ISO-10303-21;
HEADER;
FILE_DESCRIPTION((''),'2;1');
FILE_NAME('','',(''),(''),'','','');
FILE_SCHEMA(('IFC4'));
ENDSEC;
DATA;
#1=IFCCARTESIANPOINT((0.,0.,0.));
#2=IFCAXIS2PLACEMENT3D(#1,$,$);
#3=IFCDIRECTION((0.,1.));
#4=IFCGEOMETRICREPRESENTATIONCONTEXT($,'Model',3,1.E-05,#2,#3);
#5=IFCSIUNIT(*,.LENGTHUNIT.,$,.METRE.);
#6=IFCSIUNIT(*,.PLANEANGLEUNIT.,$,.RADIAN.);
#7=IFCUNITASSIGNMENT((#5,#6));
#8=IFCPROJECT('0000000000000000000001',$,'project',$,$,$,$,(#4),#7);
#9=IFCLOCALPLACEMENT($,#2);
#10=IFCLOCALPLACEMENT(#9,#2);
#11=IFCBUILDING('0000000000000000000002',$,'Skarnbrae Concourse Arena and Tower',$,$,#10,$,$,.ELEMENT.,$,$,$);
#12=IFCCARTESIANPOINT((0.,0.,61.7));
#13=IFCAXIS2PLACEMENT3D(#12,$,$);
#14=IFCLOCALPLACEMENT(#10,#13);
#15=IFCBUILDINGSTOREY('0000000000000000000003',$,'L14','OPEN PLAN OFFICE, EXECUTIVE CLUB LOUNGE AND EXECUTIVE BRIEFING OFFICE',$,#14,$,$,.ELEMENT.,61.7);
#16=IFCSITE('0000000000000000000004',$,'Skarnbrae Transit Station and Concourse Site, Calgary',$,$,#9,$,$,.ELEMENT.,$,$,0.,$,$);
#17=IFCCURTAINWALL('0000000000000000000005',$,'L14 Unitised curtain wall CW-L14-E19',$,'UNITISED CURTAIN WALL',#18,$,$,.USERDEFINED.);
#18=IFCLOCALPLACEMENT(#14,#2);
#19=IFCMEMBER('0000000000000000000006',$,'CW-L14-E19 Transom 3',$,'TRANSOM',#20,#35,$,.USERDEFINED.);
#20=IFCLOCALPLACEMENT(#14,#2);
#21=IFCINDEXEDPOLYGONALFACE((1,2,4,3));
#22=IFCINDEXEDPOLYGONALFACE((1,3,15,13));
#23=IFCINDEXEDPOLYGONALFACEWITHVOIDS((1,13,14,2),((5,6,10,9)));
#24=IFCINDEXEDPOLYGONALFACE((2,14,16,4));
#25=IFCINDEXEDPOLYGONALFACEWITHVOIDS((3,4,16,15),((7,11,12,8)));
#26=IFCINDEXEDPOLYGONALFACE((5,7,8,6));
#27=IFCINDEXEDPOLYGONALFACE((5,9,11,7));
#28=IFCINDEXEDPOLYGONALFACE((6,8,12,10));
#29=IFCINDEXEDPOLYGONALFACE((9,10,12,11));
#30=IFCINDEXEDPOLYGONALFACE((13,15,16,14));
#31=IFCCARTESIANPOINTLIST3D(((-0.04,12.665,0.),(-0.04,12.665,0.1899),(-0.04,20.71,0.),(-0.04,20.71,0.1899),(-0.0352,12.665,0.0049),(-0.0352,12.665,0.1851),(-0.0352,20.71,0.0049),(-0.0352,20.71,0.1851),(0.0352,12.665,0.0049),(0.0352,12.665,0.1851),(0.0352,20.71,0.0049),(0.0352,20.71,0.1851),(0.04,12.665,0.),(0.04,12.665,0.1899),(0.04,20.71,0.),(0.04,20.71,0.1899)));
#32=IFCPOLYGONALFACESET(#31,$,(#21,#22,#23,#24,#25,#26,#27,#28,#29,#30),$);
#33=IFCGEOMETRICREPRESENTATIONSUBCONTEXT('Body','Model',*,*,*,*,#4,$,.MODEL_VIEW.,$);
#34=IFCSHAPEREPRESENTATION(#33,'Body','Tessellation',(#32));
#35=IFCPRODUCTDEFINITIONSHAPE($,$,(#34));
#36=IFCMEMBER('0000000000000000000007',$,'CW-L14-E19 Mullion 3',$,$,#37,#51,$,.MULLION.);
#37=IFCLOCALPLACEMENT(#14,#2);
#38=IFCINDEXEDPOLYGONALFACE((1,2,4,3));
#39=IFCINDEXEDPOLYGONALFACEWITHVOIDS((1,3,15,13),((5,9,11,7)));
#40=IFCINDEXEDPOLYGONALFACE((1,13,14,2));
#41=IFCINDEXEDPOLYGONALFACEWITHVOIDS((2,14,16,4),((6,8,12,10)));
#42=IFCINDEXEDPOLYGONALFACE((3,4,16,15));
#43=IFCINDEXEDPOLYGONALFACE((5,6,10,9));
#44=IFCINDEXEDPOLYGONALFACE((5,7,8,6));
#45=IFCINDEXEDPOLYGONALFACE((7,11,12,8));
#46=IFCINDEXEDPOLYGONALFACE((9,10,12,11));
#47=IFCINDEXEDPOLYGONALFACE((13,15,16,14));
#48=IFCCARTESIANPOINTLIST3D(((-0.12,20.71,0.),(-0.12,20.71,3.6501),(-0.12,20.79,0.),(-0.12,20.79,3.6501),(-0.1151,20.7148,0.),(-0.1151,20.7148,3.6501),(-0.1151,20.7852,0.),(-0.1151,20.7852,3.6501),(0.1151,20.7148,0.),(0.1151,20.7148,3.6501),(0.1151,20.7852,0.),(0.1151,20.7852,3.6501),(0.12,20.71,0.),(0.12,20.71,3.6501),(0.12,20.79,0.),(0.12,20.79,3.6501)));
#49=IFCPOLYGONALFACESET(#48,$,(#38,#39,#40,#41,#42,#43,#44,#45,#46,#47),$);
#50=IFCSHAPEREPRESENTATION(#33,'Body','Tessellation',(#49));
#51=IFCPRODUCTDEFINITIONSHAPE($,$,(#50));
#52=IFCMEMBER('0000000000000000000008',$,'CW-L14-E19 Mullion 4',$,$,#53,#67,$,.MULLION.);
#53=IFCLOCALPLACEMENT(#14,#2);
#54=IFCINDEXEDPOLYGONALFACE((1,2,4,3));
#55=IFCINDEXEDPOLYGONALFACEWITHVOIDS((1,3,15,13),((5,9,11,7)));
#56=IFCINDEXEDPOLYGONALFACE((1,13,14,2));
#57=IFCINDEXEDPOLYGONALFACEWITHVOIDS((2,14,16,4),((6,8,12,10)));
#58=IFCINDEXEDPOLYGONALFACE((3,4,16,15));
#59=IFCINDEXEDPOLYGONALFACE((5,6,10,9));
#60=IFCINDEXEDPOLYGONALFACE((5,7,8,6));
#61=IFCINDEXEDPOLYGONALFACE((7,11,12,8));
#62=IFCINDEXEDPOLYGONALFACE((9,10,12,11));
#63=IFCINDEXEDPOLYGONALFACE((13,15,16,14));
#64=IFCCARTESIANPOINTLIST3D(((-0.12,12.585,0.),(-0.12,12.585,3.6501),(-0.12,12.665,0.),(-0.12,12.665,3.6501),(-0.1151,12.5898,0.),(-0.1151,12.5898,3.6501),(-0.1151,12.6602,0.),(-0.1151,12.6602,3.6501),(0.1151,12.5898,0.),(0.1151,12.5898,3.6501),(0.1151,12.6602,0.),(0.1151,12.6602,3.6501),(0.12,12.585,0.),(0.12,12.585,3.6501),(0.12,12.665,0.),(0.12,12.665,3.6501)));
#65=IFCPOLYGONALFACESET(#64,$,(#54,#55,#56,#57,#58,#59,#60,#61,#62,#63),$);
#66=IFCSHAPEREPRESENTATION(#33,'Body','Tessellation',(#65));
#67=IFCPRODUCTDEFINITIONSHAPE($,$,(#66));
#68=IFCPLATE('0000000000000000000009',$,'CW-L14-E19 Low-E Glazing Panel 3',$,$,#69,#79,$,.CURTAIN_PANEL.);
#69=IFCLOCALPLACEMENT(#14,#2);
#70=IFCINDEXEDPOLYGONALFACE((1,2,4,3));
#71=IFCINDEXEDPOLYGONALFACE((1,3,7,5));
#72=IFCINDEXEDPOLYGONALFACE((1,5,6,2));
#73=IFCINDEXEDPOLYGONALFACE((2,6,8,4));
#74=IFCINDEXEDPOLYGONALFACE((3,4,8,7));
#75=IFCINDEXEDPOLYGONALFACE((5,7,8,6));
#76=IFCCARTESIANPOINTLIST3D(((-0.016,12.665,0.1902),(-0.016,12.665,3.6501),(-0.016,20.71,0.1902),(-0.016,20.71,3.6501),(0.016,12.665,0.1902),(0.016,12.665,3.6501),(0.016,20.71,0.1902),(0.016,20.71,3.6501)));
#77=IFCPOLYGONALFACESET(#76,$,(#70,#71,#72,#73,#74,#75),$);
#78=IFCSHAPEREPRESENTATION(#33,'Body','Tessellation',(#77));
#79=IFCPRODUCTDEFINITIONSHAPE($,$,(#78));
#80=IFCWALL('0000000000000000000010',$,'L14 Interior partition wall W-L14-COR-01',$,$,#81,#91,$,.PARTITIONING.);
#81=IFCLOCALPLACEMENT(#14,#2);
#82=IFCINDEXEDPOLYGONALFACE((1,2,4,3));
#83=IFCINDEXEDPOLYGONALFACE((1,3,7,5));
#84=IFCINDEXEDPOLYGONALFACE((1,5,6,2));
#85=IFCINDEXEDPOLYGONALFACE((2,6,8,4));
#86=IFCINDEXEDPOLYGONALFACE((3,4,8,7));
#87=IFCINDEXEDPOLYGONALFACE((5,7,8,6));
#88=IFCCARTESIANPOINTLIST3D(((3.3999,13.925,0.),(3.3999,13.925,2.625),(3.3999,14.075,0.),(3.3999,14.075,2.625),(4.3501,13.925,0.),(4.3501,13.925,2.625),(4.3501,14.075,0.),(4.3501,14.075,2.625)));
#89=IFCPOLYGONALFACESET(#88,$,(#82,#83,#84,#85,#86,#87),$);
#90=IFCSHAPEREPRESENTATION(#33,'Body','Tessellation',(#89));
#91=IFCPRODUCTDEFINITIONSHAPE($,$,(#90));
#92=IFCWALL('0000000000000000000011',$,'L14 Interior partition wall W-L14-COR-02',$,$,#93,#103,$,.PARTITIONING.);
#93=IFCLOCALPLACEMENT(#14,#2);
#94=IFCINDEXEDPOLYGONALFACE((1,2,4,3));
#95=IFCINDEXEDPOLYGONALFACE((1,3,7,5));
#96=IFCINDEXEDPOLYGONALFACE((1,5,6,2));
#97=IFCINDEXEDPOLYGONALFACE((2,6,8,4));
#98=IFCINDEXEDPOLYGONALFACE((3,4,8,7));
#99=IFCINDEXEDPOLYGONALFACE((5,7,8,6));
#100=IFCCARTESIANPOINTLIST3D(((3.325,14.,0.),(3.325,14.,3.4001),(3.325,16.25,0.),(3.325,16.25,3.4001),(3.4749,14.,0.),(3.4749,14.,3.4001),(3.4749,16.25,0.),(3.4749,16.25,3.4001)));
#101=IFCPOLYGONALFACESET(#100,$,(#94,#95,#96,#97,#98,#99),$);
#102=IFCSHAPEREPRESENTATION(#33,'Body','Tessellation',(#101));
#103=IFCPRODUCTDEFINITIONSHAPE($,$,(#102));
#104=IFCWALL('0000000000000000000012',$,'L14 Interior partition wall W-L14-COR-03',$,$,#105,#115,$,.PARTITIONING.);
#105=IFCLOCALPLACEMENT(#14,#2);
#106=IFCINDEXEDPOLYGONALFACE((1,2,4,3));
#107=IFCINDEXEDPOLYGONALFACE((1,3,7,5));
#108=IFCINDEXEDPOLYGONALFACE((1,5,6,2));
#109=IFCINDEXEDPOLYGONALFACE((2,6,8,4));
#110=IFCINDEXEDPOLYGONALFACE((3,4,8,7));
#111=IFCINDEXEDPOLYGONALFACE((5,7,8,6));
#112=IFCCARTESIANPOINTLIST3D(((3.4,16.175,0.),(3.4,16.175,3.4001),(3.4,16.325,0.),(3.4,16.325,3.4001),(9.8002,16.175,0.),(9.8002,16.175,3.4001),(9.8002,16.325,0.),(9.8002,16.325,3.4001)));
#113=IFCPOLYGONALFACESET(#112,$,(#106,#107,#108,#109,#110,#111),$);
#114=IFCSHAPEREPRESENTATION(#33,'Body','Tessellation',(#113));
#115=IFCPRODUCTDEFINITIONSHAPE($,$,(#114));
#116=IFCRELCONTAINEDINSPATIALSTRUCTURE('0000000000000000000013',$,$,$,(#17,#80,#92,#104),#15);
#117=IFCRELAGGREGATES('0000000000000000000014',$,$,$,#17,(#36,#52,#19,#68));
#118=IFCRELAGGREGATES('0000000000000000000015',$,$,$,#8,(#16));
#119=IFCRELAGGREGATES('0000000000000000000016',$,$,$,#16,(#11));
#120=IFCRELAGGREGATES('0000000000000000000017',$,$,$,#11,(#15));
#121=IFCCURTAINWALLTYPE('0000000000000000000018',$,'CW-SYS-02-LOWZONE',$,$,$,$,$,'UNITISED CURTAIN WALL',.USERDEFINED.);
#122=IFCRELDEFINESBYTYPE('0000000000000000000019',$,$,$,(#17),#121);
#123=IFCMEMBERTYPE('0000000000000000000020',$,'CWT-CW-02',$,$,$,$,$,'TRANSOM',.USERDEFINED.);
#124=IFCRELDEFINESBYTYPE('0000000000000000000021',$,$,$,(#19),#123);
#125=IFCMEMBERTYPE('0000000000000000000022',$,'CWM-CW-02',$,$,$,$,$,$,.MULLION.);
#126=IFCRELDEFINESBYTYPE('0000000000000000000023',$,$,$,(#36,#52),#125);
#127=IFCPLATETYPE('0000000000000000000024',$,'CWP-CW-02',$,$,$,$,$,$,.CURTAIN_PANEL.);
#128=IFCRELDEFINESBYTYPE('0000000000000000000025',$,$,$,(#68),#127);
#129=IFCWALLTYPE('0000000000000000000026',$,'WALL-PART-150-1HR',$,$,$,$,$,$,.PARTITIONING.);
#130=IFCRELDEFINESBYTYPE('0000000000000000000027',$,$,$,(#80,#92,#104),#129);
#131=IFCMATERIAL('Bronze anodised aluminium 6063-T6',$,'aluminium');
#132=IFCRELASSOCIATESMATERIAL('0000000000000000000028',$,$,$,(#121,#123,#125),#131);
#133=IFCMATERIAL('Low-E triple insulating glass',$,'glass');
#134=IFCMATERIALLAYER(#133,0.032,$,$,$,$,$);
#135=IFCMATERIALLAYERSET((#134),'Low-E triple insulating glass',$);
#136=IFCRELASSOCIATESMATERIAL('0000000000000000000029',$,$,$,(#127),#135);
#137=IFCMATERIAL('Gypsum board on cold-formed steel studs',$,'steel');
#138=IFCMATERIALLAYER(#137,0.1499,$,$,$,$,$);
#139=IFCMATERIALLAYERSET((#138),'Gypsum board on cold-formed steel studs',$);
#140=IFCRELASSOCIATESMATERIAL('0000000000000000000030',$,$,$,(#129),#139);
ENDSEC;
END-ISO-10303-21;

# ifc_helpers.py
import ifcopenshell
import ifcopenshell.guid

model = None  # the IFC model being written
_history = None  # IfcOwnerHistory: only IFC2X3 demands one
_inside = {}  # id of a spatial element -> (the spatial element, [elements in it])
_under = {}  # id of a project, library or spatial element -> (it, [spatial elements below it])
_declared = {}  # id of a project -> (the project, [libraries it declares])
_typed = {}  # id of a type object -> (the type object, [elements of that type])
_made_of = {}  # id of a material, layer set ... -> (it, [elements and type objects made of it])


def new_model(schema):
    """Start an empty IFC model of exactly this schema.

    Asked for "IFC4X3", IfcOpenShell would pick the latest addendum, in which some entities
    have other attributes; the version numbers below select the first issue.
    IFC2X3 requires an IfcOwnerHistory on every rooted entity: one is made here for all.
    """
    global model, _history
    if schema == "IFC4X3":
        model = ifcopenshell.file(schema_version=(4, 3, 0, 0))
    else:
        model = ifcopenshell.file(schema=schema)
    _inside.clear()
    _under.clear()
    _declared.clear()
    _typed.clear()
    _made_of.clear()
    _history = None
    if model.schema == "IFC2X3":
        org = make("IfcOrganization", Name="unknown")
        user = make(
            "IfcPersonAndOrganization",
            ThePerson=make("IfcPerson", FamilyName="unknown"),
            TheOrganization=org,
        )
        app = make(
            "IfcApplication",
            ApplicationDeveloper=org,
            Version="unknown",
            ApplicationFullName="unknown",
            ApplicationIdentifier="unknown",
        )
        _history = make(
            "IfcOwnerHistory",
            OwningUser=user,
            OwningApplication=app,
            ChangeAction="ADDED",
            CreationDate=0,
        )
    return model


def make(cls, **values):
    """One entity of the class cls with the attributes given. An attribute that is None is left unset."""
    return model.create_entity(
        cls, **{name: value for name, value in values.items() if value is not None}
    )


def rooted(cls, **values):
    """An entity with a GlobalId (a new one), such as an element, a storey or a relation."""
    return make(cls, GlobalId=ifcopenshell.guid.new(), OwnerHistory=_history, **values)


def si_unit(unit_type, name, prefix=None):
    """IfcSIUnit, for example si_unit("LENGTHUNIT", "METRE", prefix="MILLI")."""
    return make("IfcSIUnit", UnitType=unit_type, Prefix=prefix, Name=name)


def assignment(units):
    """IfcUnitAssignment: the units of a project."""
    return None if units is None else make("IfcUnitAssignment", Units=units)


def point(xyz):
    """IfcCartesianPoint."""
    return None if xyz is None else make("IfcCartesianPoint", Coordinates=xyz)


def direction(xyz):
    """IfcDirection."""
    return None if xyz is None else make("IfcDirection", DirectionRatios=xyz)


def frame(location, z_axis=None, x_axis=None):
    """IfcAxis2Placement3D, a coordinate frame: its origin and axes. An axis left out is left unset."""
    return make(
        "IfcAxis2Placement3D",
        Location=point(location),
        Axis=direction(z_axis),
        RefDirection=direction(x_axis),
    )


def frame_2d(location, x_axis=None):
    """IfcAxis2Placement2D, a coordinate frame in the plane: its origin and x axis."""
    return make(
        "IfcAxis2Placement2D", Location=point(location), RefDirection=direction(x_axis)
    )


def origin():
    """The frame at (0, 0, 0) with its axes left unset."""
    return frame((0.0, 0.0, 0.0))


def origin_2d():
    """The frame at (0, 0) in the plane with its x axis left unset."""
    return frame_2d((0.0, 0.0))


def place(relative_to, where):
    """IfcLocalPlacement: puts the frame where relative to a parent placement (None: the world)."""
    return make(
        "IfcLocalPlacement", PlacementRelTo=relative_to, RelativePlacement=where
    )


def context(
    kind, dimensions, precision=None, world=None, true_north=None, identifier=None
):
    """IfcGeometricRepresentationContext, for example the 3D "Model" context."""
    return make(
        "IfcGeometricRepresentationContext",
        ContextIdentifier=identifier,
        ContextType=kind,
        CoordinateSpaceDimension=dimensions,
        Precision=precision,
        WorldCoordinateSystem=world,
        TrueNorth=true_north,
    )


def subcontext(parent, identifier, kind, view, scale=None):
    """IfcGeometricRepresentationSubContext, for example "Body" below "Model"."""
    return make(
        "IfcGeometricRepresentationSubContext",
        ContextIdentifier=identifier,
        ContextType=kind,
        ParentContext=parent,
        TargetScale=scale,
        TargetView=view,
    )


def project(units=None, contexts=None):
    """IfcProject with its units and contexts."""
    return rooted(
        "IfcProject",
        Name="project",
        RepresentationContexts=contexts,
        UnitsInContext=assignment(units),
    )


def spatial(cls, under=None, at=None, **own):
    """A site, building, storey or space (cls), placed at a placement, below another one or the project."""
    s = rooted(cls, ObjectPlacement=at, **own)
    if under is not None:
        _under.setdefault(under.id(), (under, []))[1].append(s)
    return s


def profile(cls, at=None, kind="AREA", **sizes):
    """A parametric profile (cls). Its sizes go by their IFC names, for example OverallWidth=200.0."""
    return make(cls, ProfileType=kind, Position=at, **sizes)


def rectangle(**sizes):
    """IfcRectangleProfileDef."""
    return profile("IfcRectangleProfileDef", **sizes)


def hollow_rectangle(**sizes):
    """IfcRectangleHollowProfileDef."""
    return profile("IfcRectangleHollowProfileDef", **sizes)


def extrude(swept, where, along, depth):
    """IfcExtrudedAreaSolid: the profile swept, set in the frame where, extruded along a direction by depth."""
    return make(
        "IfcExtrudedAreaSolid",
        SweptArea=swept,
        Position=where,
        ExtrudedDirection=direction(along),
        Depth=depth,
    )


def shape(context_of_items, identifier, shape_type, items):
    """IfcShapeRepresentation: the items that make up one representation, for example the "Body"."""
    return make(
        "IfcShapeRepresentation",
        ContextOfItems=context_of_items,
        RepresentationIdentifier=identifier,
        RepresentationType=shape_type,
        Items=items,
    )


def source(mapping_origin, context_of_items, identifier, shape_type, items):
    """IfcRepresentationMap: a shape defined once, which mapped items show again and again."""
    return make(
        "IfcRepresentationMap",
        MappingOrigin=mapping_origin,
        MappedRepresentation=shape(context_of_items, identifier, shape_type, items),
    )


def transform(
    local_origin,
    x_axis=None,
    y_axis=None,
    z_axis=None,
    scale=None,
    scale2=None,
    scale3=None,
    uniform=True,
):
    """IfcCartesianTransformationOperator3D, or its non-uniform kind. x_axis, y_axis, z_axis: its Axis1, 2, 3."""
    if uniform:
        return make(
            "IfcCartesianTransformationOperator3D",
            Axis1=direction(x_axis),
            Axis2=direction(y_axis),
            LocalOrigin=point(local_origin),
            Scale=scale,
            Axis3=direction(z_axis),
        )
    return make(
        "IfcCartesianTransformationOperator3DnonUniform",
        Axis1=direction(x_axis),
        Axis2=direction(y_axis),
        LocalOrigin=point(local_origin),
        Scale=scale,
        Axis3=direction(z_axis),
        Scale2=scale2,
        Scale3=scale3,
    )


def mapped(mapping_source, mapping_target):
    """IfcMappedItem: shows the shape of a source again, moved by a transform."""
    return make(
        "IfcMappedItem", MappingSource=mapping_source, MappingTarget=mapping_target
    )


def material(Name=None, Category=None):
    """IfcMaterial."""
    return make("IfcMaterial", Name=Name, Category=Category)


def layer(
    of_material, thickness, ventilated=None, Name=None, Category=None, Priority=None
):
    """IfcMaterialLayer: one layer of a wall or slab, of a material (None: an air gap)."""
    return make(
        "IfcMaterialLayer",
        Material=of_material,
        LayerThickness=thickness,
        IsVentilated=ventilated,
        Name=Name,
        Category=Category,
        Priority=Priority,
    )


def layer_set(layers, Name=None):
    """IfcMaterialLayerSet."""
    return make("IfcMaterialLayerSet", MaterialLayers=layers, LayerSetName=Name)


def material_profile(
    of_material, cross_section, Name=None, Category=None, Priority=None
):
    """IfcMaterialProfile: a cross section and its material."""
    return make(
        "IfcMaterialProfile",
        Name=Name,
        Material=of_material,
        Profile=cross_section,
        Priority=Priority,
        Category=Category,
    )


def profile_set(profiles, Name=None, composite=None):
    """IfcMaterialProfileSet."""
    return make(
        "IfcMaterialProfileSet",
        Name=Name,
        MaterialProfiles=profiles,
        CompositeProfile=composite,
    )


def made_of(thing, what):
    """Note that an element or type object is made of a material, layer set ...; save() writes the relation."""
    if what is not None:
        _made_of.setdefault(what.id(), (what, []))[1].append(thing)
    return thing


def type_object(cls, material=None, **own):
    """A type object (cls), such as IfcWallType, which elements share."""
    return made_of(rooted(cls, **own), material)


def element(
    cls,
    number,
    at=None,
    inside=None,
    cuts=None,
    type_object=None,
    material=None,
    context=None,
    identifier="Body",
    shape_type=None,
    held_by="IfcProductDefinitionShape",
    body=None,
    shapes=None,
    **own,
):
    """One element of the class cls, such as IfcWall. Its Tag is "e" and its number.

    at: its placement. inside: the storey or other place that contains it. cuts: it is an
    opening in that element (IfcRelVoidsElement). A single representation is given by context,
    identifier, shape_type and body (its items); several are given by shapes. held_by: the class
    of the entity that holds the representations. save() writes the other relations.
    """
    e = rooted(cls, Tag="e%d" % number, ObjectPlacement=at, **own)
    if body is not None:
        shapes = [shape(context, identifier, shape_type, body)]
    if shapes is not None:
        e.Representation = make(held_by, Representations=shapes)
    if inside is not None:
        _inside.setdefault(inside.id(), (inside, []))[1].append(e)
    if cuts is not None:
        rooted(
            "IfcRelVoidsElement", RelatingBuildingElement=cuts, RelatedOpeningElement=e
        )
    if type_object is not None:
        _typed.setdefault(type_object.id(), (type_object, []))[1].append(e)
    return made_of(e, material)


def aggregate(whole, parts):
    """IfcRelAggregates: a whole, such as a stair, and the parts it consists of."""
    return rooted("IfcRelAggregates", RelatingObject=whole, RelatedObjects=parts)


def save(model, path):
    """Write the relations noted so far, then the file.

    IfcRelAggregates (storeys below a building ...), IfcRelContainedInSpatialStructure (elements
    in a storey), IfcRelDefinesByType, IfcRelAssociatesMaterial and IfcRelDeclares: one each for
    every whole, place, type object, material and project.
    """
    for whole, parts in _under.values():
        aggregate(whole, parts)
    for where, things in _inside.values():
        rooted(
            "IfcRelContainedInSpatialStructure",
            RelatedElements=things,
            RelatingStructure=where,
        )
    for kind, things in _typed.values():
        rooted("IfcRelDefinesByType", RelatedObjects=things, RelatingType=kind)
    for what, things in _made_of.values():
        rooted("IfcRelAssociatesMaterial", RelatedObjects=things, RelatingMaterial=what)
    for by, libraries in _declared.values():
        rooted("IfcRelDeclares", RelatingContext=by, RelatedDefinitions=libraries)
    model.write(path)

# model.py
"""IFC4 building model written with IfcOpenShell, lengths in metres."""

from ifc_helpers import new_model, si_unit, direction, frame, frame_2d, origin, origin_2d, place, context, subcontext, project, spatial, rectangle, hollow_rectangle, extrude, source, transform, mapped, material, layer, layer_set, material_profile, profile_set, type_object, element, aggregate, save


model = new_model("IFC4")

# Units and contexts
model_context = context("Model", 3, precision=1e-05, world=origin(), true_north=direction((0.0, 1.0)))
body_context = subcontext(model_context, "Body", "Model", "MODEL_VIEW")
ifc_project = project(units=[si_unit("LENGTHUNIT", "METRE"), si_unit("PLANEANGLEUNIT", "RADIAN")], contexts=[model_context])

# Site, building, storey
site_placement = place(None, origin())
site = spatial("IfcSite", under=ifc_project, at=site_placement, Name="Skarnbrae Transit Station and Concourse Site, Calgary", CompositionType="ELEMENT", RefElevation=0.0)
building_placement = place(site_placement, origin())
building = spatial("IfcBuilding", under=site, at=building_placement, Name="Skarnbrae Concourse Arena and Tower", CompositionType="ELEMENT")
storey_placement = place(building_placement, frame((0.0, 0.0, 61.7)))
storey = spatial("IfcBuildingStorey", under=building, at=storey_placement, Name="L14", Description="OPEN PLAN OFFICE, EXECUTIVE CLUB LOUNGE AND EXECUTIVE BRIEFING OFFICE", CompositionType="ELEMENT", Elevation=61.7)

# Curtain wall, members, plate
ifc_material_1 = material(Name="Bronze anodised aluminium 6063-T6", Category="aluminium")
curtain_wall_type = type_object("IfcCurtainWallType", Name="CW-SYS-02-LOWZONE", ElementType="UNITISED CURTAIN WALL", PredefinedType="USERDEFINED", material=ifc_material_1)
curtain_wall_placement = place(storey_placement, origin())
curtain_wall = element("IfcCurtainWall", 1, at=curtain_wall_placement, inside=storey, type_object=curtain_wall_type, Name="L14 Unitised curtain wall CW-L14-E19", ObjectType="UNITISED CURTAIN WALL", PredefinedType="USERDEFINED")
ifc_material_profile_1 = material_profile(ifc_material_1, hollow_rectangle(XDim=0.0801, YDim=0.1899, WallThickness=0.0049, at=origin_2d()), Name="ALU-TRAN-80X190")
ifc_profile_set_1 = profile_set([ifc_material_profile_1], Name="Bronze anodised aluminium 6063-T6")
member_type_1 = type_object("IfcMemberType", Name="CWT-CW-02", ElementType="TRANSOM", PredefinedType="USERDEFINED", material=ifc_profile_set_1)
shared_shape_1 = source(origin(), body_context, "Body", "SweptSolid", [
    extrude(hollow_rectangle(XDim=0.0801, YDim=0.1899, WallThickness=0.0049, at=origin_2d()), origin(), (0.0, 0.0, 1.0), 8.0449),
])
member_1_placement = place(storey_placement, frame((0.0, 20.71, 0.095), z_axis=(0.0, -1.0, 0.0), x_axis=(1.0, 0.0, 0.0)))
member_1 = element("IfcMember", 2, at=member_1_placement, type_object=member_type_1, Name="CW-L14-E19 Transom 3", ObjectType="TRANSOM", PredefinedType="USERDEFINED", context=body_context, shape_type="MappedRepresentation", body=[
    mapped(shared_shape_1, transform((0.0, 0.0, 0.0))),
])
ifc_material_profile_2 = material_profile(ifc_material_1, hollow_rectangle(XDim=0.0801, YDim=0.24, WallThickness=0.0049, at=origin_2d()), Name="ALU-MULL-80X240")
ifc_profile_set_2 = profile_set([ifc_material_profile_2], Name="Bronze anodised aluminium 6063-T6")
member_type_2 = type_object("IfcMemberType", Name="CWM-CW-02", PredefinedType="MULLION", material=ifc_profile_set_2)
shared_shape_2 = source(origin(), body_context, "Body", "SweptSolid", [
    extrude(hollow_rectangle(XDim=0.0801, YDim=0.24, WallThickness=0.0049, at=origin_2d()), origin(), (0.0, 0.0, 1.0), 3.6501),
])
member_2_placement = place(storey_placement, frame((0.0, 20.75, 0.0), z_axis=(0.0, 0.0, 1.0), x_axis=(0.0, -1.0, 0.0)))
member_2 = element("IfcMember", 3, at=member_2_placement, type_object=member_type_2, Name="CW-L14-E19 Mullion 3", PredefinedType="MULLION", context=body_context, shape_type="MappedRepresentation", body=[
    mapped(shared_shape_2, transform((0.0, 0.0, 0.0))),
])
member_3_placement = place(storey_placement, frame((0.0, 12.625, 0.0), z_axis=(0.0, 0.0, 1.0), x_axis=(0.0, -1.0, 0.0)))
member_3 = element("IfcMember", 4, at=member_3_placement, type_object=member_type_2, Name="CW-L14-E19 Mullion 4", PredefinedType="MULLION", context=body_context, shape_type="MappedRepresentation", body=[
    mapped(shared_shape_2, transform((0.0, 0.0, 0.0))),
])
ifc_material_2 = material(Name="Low-E triple insulating glass", Category="glass")
ifc_layer_1 = layer(ifc_material_2, 0.032)
ifc_layer_set_1 = layer_set([ifc_layer_1], Name="Low-E triple insulating glass")
plate_type = type_object("IfcPlateType", Name="CWP-CW-02", PredefinedType="CURTAIN_PANEL", material=ifc_layer_set_1)
shared_shape_3 = source(origin(), body_context, "Body", "SweptSolid", [
    extrude(rectangle(XDim=8.0449, YDim=0.032, at=origin_2d()), origin(), (0.0, 0.0, 1.0), 3.46),
])
plate_placement = place(storey_placement, frame((0.0, 16.6875, 0.1902), z_axis=(0.0, 0.0, 1.0), x_axis=(0.0, -1.0, 0.0)))
plate = element("IfcPlate", 5, at=plate_placement, type_object=plate_type, Name="CW-L14-E19 Low-E Glazing Panel 3", PredefinedType="CURTAIN_PANEL", context=body_context, shape_type="MappedRepresentation", body=[
    mapped(shared_shape_3, transform((0.0, 0.0, 0.0))),
])
aggregate(curtain_wall, [member_2, member_3, member_1, plate])

# Wall
ifc_material_3 = material(Name="Gypsum board on cold-formed steel studs", Category="steel")
ifc_layer_2 = layer(ifc_material_3, 0.1499)
ifc_layer_set_2 = layer_set([ifc_layer_2], Name="Gypsum board on cold-formed steel studs")
wall_type_1 = type_object("IfcWallType", Name="WALL-PART-150-1HR", PredefinedType="PARTITIONING", material=ifc_layer_set_2)
shared_shape_4 = source(origin(), body_context, "Body", "SweptSolid", [
    extrude(rectangle(XDim=0.9502, YDim=0.1499, at=frame_2d((0.4751, 0.0))), origin(), (0.0, 0.0, 1.0), 2.625),
])
wall_1_placement = place(storey_placement, frame((4.3501, 14.0, 0.0), z_axis=(0.0, 0.0, 1.0), x_axis=(-1.0, 0.0, 0.0)))
element("IfcWall", 6, at=wall_1_placement, inside=storey, type_object=wall_type_1, Name="L14 Interior partition wall W-L14-COR-01", PredefinedType="PARTITIONING", context=body_context, shape_type="MappedRepresentation", body=[
    mapped(shared_shape_4, transform((0.0, 0.0, 0.0))),
])

# Walls
shared_shape_5 = source(origin(), body_context, "Body", "SweptSolid", [
    extrude(rectangle(XDim=2.25, YDim=0.1499, at=frame_2d((1.125, 0.0))), origin(), (0.0, 0.0, 1.0), 3.4001),
])
wall_2_placement = place(storey_placement, frame((3.3999, 14.0, 0.0), z_axis=(0.0, 0.0, 1.0), x_axis=(0.0, 1.0, 0.0)))
element("IfcWall", 7, at=wall_2_placement, inside=storey, type_object=wall_type_1, Name="L14 Interior partition wall W-L14-COR-02", PredefinedType="PARTITIONING", context=body_context, shape_type="MappedRepresentation", body=[
    mapped(shared_shape_5, transform((0.0, 0.0, 0.0))),
])
shared_shape_6 = source(origin(), body_context, "Body", "SweptSolid", [
    extrude(rectangle(XDim=6.4001, YDim=0.1499, at=frame_2d((3.2002, 0.0))), origin(), (0.0, 0.0, 1.0), 3.4001),
])
wall_3_placement = place(storey_placement, frame((3.3999, 16.25, 0.0), z_axis=(0.0, 0.0, 1.0), x_axis=(1.0, 0.0, 0.0)))
element("IfcWall", 8, at=wall_3_placement, inside=storey, type_object=wall_type_1, Name="L14 Interior partition wall W-L14-COR-03", PredefinedType="PARTITIONING", context=body_context, shape_type="MappedRepresentation", body=[
    mapped(shared_shape_6, transform((0.0, 0.0, 0.0))),
])

save(model, "model.ifc")
